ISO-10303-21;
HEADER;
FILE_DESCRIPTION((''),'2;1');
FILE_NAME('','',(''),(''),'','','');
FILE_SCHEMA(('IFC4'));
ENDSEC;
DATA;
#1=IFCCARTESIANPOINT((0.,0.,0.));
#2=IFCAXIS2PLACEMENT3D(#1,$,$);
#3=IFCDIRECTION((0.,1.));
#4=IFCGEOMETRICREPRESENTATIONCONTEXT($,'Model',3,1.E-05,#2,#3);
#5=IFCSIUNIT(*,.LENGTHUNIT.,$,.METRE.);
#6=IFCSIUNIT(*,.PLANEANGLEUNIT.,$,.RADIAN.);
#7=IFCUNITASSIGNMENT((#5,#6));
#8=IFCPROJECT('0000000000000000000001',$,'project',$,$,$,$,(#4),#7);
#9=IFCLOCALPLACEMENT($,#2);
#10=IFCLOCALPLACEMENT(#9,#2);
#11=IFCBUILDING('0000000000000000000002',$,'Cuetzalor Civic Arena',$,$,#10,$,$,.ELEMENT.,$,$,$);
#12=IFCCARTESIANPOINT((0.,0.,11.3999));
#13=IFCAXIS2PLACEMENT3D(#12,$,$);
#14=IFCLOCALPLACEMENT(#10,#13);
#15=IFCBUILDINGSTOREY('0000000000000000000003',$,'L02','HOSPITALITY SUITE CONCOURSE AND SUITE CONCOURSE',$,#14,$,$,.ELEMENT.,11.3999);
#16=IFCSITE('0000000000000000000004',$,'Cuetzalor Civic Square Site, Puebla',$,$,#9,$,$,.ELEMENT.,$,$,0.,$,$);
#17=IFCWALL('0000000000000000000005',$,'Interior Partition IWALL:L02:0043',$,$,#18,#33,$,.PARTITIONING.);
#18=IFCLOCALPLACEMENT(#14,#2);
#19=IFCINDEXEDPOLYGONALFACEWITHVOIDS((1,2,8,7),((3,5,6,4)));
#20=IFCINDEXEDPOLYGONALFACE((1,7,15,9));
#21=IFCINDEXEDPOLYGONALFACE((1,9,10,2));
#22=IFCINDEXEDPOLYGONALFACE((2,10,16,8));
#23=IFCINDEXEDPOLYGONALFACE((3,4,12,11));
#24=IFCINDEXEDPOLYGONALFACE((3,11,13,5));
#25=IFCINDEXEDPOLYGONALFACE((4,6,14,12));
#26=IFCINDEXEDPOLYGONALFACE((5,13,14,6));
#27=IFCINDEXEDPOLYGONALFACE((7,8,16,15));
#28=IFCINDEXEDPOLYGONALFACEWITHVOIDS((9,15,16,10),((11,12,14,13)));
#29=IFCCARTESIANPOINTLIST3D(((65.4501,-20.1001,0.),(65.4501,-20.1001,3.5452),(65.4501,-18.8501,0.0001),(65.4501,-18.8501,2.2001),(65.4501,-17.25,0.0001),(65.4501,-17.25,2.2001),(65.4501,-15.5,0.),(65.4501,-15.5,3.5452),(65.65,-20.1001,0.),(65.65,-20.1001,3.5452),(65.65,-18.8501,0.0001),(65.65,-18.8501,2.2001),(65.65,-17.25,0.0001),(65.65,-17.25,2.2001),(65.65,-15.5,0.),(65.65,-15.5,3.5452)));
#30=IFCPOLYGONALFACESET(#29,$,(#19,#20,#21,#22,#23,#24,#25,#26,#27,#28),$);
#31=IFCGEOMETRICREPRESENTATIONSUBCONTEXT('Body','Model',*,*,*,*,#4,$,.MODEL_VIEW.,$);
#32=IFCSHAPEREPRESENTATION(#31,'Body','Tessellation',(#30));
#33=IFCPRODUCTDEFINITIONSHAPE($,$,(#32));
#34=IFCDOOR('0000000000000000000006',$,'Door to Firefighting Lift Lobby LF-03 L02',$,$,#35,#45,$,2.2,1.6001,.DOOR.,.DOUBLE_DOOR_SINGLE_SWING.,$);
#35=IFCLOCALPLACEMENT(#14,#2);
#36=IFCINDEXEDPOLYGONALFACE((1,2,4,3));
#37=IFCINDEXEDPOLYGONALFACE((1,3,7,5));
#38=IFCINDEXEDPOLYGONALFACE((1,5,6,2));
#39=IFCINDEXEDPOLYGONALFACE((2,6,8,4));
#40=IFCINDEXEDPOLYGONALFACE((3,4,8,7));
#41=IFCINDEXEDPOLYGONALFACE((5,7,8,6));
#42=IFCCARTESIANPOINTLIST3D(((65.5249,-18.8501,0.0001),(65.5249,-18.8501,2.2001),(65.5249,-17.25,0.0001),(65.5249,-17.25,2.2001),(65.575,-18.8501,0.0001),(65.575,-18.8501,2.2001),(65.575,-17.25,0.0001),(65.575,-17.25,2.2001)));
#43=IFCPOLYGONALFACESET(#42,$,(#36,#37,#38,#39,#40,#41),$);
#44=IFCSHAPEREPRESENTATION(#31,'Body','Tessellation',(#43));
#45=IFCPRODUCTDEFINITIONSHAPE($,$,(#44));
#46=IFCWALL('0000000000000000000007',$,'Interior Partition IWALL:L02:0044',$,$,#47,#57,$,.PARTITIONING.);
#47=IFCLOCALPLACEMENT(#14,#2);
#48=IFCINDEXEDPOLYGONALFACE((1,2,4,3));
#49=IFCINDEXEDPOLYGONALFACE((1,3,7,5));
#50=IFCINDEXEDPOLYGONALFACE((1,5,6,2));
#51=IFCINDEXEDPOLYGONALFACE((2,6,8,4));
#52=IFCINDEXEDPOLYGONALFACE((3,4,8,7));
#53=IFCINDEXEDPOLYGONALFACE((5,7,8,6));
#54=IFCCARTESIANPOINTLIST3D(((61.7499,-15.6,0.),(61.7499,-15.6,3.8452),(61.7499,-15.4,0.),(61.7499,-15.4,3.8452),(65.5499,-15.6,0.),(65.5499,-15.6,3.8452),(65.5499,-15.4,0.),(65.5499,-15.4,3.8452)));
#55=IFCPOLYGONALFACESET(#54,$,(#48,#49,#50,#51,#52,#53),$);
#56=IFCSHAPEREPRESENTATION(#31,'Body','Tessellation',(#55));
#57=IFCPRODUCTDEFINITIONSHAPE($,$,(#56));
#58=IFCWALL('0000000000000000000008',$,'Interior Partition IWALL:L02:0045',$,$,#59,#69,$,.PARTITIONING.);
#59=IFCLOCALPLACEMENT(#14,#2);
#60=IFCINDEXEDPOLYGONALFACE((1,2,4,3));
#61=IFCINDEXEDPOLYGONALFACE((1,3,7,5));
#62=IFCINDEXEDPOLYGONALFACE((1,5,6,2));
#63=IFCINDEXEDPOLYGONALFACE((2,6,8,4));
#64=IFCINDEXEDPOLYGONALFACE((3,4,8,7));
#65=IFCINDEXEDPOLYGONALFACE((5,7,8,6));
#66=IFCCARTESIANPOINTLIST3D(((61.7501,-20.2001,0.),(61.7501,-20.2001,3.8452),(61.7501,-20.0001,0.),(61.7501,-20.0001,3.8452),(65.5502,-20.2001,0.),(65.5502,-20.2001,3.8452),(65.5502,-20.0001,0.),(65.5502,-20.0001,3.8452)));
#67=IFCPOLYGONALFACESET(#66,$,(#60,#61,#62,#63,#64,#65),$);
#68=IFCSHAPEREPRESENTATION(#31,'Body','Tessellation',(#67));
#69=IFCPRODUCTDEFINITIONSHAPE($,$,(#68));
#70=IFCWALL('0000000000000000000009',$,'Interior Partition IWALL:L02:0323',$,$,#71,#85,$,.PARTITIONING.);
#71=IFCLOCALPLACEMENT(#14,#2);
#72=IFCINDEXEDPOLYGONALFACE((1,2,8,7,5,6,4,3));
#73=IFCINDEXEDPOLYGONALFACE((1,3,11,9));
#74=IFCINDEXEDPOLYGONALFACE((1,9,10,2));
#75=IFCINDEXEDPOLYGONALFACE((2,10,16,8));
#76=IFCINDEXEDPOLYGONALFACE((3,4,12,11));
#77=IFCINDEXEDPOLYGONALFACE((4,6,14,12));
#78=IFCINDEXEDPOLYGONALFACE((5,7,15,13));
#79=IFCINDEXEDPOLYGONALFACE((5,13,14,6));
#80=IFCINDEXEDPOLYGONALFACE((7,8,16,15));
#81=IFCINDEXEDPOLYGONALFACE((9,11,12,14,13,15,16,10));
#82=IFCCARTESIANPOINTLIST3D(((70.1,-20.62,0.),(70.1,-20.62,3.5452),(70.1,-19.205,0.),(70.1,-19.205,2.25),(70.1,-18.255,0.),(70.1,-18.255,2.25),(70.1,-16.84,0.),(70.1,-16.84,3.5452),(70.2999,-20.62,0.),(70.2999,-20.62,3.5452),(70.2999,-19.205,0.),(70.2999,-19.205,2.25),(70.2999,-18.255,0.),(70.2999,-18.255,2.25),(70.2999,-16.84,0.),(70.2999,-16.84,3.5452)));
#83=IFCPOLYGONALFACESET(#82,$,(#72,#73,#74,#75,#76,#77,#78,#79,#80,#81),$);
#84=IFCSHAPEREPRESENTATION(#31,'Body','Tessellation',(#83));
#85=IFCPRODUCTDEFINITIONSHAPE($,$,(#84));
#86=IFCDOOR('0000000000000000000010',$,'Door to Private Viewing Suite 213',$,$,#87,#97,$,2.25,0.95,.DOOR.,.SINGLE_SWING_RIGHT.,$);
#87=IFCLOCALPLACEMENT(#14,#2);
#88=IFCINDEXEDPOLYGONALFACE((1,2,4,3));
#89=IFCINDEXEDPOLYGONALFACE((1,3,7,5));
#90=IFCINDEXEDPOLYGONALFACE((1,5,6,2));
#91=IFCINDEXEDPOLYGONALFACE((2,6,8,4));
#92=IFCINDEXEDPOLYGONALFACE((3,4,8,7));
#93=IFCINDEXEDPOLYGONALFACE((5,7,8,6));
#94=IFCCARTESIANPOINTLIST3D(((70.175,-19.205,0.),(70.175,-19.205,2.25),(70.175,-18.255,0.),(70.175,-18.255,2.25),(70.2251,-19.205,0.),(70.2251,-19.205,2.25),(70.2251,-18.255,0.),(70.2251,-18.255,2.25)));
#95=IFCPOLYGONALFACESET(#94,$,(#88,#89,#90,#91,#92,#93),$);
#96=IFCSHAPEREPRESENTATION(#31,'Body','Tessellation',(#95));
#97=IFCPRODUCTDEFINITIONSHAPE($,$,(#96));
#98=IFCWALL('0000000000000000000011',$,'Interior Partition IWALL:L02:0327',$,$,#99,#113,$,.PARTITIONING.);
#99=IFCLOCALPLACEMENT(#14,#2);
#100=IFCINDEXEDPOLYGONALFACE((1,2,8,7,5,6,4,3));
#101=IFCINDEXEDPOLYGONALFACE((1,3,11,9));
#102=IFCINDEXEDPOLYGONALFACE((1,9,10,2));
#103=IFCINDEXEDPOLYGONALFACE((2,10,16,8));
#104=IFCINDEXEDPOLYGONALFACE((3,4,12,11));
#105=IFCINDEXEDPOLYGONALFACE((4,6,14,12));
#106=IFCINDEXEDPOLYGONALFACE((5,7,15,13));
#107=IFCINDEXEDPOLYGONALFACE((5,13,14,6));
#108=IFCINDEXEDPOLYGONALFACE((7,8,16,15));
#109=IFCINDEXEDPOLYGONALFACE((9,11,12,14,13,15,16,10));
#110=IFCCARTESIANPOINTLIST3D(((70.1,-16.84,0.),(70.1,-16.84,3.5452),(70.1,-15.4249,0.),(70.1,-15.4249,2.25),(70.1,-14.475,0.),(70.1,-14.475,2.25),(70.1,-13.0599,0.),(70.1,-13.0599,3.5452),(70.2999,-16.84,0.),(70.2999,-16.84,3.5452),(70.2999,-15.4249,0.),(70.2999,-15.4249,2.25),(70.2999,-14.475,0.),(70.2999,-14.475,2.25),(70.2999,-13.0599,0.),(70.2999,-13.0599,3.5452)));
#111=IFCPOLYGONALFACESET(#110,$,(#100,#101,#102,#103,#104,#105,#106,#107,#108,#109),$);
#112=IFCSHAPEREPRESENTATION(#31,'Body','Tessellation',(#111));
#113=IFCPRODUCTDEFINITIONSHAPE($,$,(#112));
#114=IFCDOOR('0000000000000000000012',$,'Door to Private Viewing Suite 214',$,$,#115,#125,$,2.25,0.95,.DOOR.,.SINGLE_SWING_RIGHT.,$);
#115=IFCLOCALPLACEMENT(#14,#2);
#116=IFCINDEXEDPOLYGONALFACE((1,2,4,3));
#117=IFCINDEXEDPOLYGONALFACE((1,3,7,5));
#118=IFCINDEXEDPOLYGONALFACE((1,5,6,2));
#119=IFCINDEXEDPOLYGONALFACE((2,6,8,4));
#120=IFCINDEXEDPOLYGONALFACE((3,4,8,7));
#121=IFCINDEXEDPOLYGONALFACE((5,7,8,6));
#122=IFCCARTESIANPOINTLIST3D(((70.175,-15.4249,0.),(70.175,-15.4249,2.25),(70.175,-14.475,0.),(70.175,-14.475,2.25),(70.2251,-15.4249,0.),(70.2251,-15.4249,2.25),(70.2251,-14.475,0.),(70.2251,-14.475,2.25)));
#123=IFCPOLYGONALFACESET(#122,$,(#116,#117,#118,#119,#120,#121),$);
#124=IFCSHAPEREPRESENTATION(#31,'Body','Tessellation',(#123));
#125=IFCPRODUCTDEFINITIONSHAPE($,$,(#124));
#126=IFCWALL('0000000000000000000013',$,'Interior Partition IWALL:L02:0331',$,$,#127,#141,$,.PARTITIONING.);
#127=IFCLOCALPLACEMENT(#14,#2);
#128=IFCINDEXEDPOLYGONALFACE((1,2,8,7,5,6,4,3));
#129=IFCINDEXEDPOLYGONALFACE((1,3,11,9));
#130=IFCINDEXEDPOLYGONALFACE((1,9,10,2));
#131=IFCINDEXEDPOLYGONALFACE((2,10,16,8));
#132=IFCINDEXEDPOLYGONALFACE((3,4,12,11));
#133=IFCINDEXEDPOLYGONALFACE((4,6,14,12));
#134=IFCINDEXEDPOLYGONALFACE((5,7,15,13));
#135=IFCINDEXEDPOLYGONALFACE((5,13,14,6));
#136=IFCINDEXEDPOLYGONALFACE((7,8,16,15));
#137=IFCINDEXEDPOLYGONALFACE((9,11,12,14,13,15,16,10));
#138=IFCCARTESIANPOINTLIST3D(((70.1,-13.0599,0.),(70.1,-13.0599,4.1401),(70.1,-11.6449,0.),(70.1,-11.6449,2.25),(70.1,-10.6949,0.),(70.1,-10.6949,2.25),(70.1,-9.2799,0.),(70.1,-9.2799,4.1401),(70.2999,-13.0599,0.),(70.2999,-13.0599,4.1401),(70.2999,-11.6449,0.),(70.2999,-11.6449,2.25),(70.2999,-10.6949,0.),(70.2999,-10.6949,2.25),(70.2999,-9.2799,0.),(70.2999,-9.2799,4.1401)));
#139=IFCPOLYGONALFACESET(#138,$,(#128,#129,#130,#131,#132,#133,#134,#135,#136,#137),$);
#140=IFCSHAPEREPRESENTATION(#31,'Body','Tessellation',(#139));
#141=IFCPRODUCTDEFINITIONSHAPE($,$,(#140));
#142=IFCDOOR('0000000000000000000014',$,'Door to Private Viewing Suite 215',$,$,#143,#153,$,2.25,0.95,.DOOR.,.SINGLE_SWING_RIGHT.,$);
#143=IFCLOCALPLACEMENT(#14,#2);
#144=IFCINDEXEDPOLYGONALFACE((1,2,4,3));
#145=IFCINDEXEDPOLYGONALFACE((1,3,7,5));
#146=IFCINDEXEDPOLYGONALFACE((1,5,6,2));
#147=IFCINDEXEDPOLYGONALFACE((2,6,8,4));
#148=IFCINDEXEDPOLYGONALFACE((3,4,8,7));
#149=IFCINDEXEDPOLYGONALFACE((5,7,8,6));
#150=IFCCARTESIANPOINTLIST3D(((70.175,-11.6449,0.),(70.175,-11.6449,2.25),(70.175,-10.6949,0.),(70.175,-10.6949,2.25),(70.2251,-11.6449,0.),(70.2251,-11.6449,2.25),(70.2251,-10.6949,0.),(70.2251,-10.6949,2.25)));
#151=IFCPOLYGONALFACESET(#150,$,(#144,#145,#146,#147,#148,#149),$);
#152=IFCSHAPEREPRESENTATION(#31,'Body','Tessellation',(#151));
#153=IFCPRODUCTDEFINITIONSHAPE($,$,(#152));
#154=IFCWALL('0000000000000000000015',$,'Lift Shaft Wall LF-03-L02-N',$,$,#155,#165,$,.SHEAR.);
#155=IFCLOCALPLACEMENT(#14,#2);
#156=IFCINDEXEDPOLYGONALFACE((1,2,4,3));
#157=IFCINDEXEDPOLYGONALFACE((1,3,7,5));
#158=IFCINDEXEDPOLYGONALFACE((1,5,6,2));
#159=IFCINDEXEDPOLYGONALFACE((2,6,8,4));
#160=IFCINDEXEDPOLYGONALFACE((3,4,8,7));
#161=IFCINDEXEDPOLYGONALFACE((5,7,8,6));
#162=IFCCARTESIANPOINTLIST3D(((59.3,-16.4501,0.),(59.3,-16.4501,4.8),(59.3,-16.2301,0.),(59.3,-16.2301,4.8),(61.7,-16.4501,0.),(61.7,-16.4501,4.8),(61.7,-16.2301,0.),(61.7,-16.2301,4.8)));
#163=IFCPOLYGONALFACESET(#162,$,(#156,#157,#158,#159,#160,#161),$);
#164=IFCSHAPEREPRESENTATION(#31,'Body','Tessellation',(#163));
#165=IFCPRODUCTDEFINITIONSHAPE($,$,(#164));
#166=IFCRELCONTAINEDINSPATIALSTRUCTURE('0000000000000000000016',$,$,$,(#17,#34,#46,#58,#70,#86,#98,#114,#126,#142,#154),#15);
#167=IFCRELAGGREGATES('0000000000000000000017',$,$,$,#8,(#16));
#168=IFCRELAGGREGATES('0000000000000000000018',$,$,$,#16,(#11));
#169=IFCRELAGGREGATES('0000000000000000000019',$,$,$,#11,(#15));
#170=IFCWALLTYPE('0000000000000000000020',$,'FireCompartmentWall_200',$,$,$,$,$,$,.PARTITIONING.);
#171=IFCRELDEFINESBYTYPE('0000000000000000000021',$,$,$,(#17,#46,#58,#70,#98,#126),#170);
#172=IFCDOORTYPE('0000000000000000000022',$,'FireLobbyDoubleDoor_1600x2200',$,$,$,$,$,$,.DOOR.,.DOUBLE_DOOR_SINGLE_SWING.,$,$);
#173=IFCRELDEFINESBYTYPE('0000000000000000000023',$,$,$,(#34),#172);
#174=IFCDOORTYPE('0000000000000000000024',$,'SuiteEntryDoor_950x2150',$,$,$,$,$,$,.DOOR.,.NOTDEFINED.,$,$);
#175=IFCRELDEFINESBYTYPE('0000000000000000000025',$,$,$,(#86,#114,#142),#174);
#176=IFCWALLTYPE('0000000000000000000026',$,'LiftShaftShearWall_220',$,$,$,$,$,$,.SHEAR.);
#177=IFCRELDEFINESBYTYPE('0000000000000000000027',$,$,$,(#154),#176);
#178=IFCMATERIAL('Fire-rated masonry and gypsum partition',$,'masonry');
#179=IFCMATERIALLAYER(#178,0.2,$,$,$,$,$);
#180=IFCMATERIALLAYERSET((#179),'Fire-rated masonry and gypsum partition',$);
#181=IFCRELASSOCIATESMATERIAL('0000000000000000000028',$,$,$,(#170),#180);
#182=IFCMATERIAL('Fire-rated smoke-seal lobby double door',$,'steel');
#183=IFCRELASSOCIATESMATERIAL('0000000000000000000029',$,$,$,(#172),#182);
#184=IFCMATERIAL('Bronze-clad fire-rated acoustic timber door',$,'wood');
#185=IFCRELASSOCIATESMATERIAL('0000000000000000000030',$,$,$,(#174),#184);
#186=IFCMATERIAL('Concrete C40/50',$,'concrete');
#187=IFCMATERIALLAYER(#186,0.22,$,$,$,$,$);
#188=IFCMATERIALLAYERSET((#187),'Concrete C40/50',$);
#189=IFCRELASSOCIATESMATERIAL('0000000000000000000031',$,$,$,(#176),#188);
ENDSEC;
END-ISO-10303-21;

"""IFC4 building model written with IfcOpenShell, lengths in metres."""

from ifc_helpers import new_model, si_unit, direction, frame, frame_2d, origin, place, context, subcontext, project, spatial, rectangle, extrude, material, layer, layer_set, type_object, element, fill, save


model = new_model("IFC4")

# Units and contexts
model_context = context("Model", 3, precision=1e-05, world=origin(), true_north=direction((0.0, 1.0)))
body_context = subcontext(model_context, "Body", "Model", "MODEL_VIEW")
ifc_project = project(units=[si_unit("LENGTHUNIT", "METRE"), si_unit("PLANEANGLEUNIT", "RADIAN")], contexts=[model_context])

# Site, building, storey
site_placement = place(None, origin())
site = spatial("IfcSite", under=ifc_project, at=site_placement, Name="Cuetzalor Civic Square Site, Puebla", CompositionType="ELEMENT", RefElevation=0.0)
building_placement = place(site_placement, origin())
building = spatial("IfcBuilding", under=site, at=building_placement, Name="Cuetzalor Civic Arena", CompositionType="ELEMENT")
storey_placement = place(building_placement, frame((0.0, 0.0, 11.3999)))
storey = spatial("IfcBuildingStorey", under=building, at=storey_placement, Name="L02", Description="HOSPITALITY SUITE CONCOURSE AND SUITE CONCOURSE", CompositionType="ELEMENT", Elevation=11.3999)

# Wall, opening, door
ifc_material_1 = material(Name="Fire-rated masonry and gypsum partition", Category="masonry")
ifc_layer_1 = layer(ifc_material_1, 0.2)
ifc_layer_set_1 = layer_set([ifc_layer_1], Name="Fire-rated masonry and gypsum partition")
wall_type_1 = type_object("IfcWallType", Name="FireCompartmentWall_200", PredefinedType="PARTITIONING", material=ifc_layer_set_1)
wall_1_placement = place(storey_placement, frame((65.55, -15.5, 0.0), z_axis=(0.0, 0.0, 1.0), x_axis=(0.0, -1.0, 0.0)))
wall_1 = element("IfcWall", 1, at=wall_1_placement, inside=storey, type_object=wall_type_1, Name="Interior Partition IWALL:L02:0043", PredefinedType="PARTITIONING", context=body_context, shape_type="SweptSolid", body=[
    extrude(rectangle(XDim=4.6001, YDim=0.2, at=frame_2d((2.3, 0.0))), origin(), (0.0, 0.0, 1.0), 3.5452),
])
opening_1_placement = place(wall_1_placement, frame((1.75, 0.0, 0.0)))
opening_1 = element("IfcOpeningElement", 2, at=opening_1_placement, cuts=wall_1, PredefinedType="OPENING", context=body_context, shape_type="SweptSolid", body=[
    extrude(rectangle(XDim=1.6001, YDim=2.2, at=frame_2d((0.8, 1.1001))), frame((0.0, 0.1099, 0.0), z_axis=(0.0, -1.0, 0.0), x_axis=(1.0, 0.0, 0.0)), (0.0, 0.0, 1.0), 0.22),
])
ifc_material_2 = material(Name="Fire-rated smoke-seal lobby double door", Category="steel")
door_type_1 = type_object("IfcDoorType", Name="FireLobbyDoubleDoor_1600x2200", OperationType="DOUBLE_DOOR_SINGLE_SWING", PredefinedType="DOOR", material=ifc_material_2)
door_1_placement = place(opening_1_placement, origin())
door_1 = element("IfcDoor", 3, at=door_1_placement, inside=storey, type_object=door_type_1, Name="Door to Firefighting Lift Lobby LF-03 L02", OperationType="DOUBLE_DOOR_SINGLE_SWING", OverallHeight=2.2, OverallWidth=1.6001, PredefinedType="DOOR", context=body_context, shape_type="SweptSolid", body=[
    extrude(rectangle(XDim=1.6001, YDim=2.2, at=frame_2d((0.8, 1.1001))), frame((0.0, 0.0249, 0.0), z_axis=(0.0, -1.0, 0.0), x_axis=(1.0, 0.0, 0.0)), (0.0, 0.0, 1.0), 0.05),
])
fill(opening_1, door_1)

# Walls
for number, where, z_axis, x_axis, name in (
    (4, (61.75, -15.5, 0.0), (0.0, 0.0, 1.0), (1.0, 0.0, 0.0), "Interior Partition IWALL:L02:0044"),
    (5, (65.55, -20.1001, 0.0), (0.0, 0.0, 1.0), (-1.0, 0.0, 0.0), "Interior Partition IWALL:L02:0045"),
):
    element("IfcWall", number, at=place(storey_placement, frame(where, z_axis=z_axis, x_axis=x_axis)), inside=storey, type_object=wall_type_1, Name=name, PredefinedType="PARTITIONING", context=body_context, shape_type="SweptSolid", body=[
        extrude(rectangle(XDim=3.8, YDim=0.2, at=frame_2d((1.8999, 0.0))), origin(), (0.0, 0.0, 1.0), 3.8452),
    ])

# Walls, openings, doors
wall_2_placement = place(storey_placement, frame((70.2, -20.6201, 0.0), z_axis=(0.0, 0.0, 1.0), x_axis=(0.0, 1.0, 0.0)))
wall_2 = element("IfcWall", 6, at=wall_2_placement, inside=storey, type_object=wall_type_1, Name="Interior Partition IWALL:L02:0323", PredefinedType="PARTITIONING", context=body_context, shape_type="SweptSolid", body=[
    extrude(rectangle(XDim=3.78, YDim=0.2, at=frame_2d((1.8901, 0.0))), origin(), (0.0, 0.0, 1.0), 3.5452),
])
opening_2_placement = place(wall_2_placement, frame((1.415, 0.0, 0.0)))
opening_2 = element("IfcOpeningElement", 7, at=opening_2_placement, cuts=wall_2, PredefinedType="OPENING", context=body_context, shape_type="SweptSolid", body=[
    extrude(rectangle(XDim=0.95, YDim=2.25, at=frame_2d((0.4751, 1.125))), frame((0.0, 0.1099, 0.0), z_axis=(0.0, -1.0, 0.0), x_axis=(1.0, 0.0, 0.0)), (0.0, 0.0, 1.0), 0.22),
])
ifc_material_3 = material(Name="Bronze-clad fire-rated acoustic timber door", Category="wood")
door_type_2 = type_object("IfcDoorType", Name="SuiteEntryDoor_950x2150", OperationType="NOTDEFINED", PredefinedType="DOOR", material=ifc_material_3)
door_2_placement = place(opening_2_placement, origin())
door_2 = element("IfcDoor", 8, at=door_2_placement, inside=storey, type_object=door_type_2, Name="Door to Private Viewing Suite 213", OperationType="SINGLE_SWING_RIGHT", OverallHeight=2.25, OverallWidth=0.95, PredefinedType="DOOR", context=body_context, shape_type="SweptSolid", body=[
    extrude(rectangle(XDim=0.95, YDim=2.25, at=frame_2d((0.4751, 1.125))), frame((0.0, 0.0249, 0.0), z_axis=(0.0, -1.0, 0.0), x_axis=(1.0, 0.0, 0.0)), (0.0, 0.0, 1.0), 0.05),
])
fill(opening_2, door_2)
wall_3_placement = place(storey_placement, frame((70.2, -16.8401, 0.0), z_axis=(0.0, 0.0, 1.0), x_axis=(0.0, 1.0, 0.0)))
wall_3 = element("IfcWall", 9, at=wall_3_placement, inside=storey, type_object=wall_type_1, Name="Interior Partition IWALL:L02:0327", PredefinedType="PARTITIONING", context=body_context, shape_type="SweptSolid", body=[
    extrude(rectangle(XDim=3.78, YDim=0.2, at=frame_2d((1.8901, 0.0))), origin(), (0.0, 0.0, 1.0), 3.5452),
])
opening_3_placement = place(wall_3_placement, frame((1.415, 0.0, 0.0)))
opening_3 = element("IfcOpeningElement", 10, at=opening_3_placement, cuts=wall_3, PredefinedType="OPENING", context=body_context, shape_type="SweptSolid", body=[
    extrude(rectangle(XDim=0.95, YDim=2.25, at=frame_2d((0.4751, 1.125))), frame((0.0, 0.1099, 0.0), z_axis=(0.0, -1.0, 0.0), x_axis=(1.0, 0.0, 0.0)), (0.0, 0.0, 1.0), 0.22),
])
door_3_placement = place(opening_3_placement, origin())
door_3 = element("IfcDoor", 11, at=door_3_placement, inside=storey, type_object=door_type_2, Name="Door to Private Viewing Suite 214", OperationType="SINGLE_SWING_RIGHT", OverallHeight=2.25, OverallWidth=0.95, PredefinedType="DOOR", context=body_context, shape_type="SweptSolid", body=[
    extrude(rectangle(XDim=0.95, YDim=2.25, at=frame_2d((0.4751, 1.125))), frame((0.0, 0.0249, 0.0), z_axis=(0.0, -1.0, 0.0), x_axis=(1.0, 0.0, 0.0)), (0.0, 0.0, 1.0), 0.05),
])
fill(opening_3, door_3)
wall_4_placement = place(storey_placement, frame((70.2, -13.0601, 0.0), z_axis=(0.0, 0.0, 1.0), x_axis=(0.0, 1.0, 0.0)))
wall_4 = element("IfcWall", 12, at=wall_4_placement, inside=storey, type_object=wall_type_1, Name="Interior Partition IWALL:L02:0331", PredefinedType="PARTITIONING", context=body_context, shape_type="SweptSolid", body=[
    extrude(rectangle(XDim=3.78, YDim=0.2, at=frame_2d((1.8901, 0.0))), origin(), (0.0, 0.0, 1.0), 4.1401),
])
opening_4_placement = place(wall_4_placement, frame((1.415, 0.0, 0.0)))
opening_4 = element("IfcOpeningElement", 13, at=opening_4_placement, cuts=wall_4, PredefinedType="OPENING", context=body_context, shape_type="SweptSolid", body=[
    extrude(rectangle(XDim=0.95, YDim=2.25, at=frame_2d((0.4751, 1.125))), frame((0.0, 0.1099, 0.0), z_axis=(0.0, -1.0, 0.0), x_axis=(1.0, 0.0, 0.0)), (0.0, 0.0, 1.0), 0.22),
])
door_4_placement = place(opening_4_placement, origin())
door_4 = element("IfcDoor", 14, at=door_4_placement, inside=storey, type_object=door_type_2, Name="Door to Private Viewing Suite 215", OperationType="SINGLE_SWING_RIGHT", OverallHeight=2.25, OverallWidth=0.95, PredefinedType="DOOR", context=body_context, shape_type="SweptSolid", body=[
    extrude(rectangle(XDim=0.95, YDim=2.25, at=frame_2d((0.4751, 1.125))), frame((0.0, 0.0249, 0.0), z_axis=(0.0, -1.0, 0.0), x_axis=(1.0, 0.0, 0.0)), (0.0, 0.0, 1.0), 0.05),
])
fill(opening_4, door_4)

# Wall
ifc_material_4 = material(Name="Concrete C40/50", Category="concrete")
ifc_layer_2 = layer(ifc_material_4, 0.22)
ifc_layer_set_2 = layer_set([ifc_layer_2], Name="Concrete C40/50")
wall_type_2 = type_object("IfcWallType", Name="LiftShaftShearWall_220", PredefinedType="SHEAR", material=ifc_layer_set_2)
wall_5_placement = place(storey_placement, frame((59.3, -16.3401, 0.0), z_axis=(0.0, 0.0, 1.0), x_axis=(1.0, 0.0, 0.0)))
element("IfcWall", 15, at=wall_5_placement, inside=storey, type_object=wall_type_2, Name="Lift Shaft Wall LF-03-L02-N", PredefinedType="SHEAR", context=body_context, shape_type="SweptSolid", body=[
    extrude(rectangle(XDim=2.3999, YDim=0.22, at=frame_2d((1.2, 0.0))), origin(), (0.0, 0.0, 1.0), 4.8),
])

save(model, "model.ifc")
